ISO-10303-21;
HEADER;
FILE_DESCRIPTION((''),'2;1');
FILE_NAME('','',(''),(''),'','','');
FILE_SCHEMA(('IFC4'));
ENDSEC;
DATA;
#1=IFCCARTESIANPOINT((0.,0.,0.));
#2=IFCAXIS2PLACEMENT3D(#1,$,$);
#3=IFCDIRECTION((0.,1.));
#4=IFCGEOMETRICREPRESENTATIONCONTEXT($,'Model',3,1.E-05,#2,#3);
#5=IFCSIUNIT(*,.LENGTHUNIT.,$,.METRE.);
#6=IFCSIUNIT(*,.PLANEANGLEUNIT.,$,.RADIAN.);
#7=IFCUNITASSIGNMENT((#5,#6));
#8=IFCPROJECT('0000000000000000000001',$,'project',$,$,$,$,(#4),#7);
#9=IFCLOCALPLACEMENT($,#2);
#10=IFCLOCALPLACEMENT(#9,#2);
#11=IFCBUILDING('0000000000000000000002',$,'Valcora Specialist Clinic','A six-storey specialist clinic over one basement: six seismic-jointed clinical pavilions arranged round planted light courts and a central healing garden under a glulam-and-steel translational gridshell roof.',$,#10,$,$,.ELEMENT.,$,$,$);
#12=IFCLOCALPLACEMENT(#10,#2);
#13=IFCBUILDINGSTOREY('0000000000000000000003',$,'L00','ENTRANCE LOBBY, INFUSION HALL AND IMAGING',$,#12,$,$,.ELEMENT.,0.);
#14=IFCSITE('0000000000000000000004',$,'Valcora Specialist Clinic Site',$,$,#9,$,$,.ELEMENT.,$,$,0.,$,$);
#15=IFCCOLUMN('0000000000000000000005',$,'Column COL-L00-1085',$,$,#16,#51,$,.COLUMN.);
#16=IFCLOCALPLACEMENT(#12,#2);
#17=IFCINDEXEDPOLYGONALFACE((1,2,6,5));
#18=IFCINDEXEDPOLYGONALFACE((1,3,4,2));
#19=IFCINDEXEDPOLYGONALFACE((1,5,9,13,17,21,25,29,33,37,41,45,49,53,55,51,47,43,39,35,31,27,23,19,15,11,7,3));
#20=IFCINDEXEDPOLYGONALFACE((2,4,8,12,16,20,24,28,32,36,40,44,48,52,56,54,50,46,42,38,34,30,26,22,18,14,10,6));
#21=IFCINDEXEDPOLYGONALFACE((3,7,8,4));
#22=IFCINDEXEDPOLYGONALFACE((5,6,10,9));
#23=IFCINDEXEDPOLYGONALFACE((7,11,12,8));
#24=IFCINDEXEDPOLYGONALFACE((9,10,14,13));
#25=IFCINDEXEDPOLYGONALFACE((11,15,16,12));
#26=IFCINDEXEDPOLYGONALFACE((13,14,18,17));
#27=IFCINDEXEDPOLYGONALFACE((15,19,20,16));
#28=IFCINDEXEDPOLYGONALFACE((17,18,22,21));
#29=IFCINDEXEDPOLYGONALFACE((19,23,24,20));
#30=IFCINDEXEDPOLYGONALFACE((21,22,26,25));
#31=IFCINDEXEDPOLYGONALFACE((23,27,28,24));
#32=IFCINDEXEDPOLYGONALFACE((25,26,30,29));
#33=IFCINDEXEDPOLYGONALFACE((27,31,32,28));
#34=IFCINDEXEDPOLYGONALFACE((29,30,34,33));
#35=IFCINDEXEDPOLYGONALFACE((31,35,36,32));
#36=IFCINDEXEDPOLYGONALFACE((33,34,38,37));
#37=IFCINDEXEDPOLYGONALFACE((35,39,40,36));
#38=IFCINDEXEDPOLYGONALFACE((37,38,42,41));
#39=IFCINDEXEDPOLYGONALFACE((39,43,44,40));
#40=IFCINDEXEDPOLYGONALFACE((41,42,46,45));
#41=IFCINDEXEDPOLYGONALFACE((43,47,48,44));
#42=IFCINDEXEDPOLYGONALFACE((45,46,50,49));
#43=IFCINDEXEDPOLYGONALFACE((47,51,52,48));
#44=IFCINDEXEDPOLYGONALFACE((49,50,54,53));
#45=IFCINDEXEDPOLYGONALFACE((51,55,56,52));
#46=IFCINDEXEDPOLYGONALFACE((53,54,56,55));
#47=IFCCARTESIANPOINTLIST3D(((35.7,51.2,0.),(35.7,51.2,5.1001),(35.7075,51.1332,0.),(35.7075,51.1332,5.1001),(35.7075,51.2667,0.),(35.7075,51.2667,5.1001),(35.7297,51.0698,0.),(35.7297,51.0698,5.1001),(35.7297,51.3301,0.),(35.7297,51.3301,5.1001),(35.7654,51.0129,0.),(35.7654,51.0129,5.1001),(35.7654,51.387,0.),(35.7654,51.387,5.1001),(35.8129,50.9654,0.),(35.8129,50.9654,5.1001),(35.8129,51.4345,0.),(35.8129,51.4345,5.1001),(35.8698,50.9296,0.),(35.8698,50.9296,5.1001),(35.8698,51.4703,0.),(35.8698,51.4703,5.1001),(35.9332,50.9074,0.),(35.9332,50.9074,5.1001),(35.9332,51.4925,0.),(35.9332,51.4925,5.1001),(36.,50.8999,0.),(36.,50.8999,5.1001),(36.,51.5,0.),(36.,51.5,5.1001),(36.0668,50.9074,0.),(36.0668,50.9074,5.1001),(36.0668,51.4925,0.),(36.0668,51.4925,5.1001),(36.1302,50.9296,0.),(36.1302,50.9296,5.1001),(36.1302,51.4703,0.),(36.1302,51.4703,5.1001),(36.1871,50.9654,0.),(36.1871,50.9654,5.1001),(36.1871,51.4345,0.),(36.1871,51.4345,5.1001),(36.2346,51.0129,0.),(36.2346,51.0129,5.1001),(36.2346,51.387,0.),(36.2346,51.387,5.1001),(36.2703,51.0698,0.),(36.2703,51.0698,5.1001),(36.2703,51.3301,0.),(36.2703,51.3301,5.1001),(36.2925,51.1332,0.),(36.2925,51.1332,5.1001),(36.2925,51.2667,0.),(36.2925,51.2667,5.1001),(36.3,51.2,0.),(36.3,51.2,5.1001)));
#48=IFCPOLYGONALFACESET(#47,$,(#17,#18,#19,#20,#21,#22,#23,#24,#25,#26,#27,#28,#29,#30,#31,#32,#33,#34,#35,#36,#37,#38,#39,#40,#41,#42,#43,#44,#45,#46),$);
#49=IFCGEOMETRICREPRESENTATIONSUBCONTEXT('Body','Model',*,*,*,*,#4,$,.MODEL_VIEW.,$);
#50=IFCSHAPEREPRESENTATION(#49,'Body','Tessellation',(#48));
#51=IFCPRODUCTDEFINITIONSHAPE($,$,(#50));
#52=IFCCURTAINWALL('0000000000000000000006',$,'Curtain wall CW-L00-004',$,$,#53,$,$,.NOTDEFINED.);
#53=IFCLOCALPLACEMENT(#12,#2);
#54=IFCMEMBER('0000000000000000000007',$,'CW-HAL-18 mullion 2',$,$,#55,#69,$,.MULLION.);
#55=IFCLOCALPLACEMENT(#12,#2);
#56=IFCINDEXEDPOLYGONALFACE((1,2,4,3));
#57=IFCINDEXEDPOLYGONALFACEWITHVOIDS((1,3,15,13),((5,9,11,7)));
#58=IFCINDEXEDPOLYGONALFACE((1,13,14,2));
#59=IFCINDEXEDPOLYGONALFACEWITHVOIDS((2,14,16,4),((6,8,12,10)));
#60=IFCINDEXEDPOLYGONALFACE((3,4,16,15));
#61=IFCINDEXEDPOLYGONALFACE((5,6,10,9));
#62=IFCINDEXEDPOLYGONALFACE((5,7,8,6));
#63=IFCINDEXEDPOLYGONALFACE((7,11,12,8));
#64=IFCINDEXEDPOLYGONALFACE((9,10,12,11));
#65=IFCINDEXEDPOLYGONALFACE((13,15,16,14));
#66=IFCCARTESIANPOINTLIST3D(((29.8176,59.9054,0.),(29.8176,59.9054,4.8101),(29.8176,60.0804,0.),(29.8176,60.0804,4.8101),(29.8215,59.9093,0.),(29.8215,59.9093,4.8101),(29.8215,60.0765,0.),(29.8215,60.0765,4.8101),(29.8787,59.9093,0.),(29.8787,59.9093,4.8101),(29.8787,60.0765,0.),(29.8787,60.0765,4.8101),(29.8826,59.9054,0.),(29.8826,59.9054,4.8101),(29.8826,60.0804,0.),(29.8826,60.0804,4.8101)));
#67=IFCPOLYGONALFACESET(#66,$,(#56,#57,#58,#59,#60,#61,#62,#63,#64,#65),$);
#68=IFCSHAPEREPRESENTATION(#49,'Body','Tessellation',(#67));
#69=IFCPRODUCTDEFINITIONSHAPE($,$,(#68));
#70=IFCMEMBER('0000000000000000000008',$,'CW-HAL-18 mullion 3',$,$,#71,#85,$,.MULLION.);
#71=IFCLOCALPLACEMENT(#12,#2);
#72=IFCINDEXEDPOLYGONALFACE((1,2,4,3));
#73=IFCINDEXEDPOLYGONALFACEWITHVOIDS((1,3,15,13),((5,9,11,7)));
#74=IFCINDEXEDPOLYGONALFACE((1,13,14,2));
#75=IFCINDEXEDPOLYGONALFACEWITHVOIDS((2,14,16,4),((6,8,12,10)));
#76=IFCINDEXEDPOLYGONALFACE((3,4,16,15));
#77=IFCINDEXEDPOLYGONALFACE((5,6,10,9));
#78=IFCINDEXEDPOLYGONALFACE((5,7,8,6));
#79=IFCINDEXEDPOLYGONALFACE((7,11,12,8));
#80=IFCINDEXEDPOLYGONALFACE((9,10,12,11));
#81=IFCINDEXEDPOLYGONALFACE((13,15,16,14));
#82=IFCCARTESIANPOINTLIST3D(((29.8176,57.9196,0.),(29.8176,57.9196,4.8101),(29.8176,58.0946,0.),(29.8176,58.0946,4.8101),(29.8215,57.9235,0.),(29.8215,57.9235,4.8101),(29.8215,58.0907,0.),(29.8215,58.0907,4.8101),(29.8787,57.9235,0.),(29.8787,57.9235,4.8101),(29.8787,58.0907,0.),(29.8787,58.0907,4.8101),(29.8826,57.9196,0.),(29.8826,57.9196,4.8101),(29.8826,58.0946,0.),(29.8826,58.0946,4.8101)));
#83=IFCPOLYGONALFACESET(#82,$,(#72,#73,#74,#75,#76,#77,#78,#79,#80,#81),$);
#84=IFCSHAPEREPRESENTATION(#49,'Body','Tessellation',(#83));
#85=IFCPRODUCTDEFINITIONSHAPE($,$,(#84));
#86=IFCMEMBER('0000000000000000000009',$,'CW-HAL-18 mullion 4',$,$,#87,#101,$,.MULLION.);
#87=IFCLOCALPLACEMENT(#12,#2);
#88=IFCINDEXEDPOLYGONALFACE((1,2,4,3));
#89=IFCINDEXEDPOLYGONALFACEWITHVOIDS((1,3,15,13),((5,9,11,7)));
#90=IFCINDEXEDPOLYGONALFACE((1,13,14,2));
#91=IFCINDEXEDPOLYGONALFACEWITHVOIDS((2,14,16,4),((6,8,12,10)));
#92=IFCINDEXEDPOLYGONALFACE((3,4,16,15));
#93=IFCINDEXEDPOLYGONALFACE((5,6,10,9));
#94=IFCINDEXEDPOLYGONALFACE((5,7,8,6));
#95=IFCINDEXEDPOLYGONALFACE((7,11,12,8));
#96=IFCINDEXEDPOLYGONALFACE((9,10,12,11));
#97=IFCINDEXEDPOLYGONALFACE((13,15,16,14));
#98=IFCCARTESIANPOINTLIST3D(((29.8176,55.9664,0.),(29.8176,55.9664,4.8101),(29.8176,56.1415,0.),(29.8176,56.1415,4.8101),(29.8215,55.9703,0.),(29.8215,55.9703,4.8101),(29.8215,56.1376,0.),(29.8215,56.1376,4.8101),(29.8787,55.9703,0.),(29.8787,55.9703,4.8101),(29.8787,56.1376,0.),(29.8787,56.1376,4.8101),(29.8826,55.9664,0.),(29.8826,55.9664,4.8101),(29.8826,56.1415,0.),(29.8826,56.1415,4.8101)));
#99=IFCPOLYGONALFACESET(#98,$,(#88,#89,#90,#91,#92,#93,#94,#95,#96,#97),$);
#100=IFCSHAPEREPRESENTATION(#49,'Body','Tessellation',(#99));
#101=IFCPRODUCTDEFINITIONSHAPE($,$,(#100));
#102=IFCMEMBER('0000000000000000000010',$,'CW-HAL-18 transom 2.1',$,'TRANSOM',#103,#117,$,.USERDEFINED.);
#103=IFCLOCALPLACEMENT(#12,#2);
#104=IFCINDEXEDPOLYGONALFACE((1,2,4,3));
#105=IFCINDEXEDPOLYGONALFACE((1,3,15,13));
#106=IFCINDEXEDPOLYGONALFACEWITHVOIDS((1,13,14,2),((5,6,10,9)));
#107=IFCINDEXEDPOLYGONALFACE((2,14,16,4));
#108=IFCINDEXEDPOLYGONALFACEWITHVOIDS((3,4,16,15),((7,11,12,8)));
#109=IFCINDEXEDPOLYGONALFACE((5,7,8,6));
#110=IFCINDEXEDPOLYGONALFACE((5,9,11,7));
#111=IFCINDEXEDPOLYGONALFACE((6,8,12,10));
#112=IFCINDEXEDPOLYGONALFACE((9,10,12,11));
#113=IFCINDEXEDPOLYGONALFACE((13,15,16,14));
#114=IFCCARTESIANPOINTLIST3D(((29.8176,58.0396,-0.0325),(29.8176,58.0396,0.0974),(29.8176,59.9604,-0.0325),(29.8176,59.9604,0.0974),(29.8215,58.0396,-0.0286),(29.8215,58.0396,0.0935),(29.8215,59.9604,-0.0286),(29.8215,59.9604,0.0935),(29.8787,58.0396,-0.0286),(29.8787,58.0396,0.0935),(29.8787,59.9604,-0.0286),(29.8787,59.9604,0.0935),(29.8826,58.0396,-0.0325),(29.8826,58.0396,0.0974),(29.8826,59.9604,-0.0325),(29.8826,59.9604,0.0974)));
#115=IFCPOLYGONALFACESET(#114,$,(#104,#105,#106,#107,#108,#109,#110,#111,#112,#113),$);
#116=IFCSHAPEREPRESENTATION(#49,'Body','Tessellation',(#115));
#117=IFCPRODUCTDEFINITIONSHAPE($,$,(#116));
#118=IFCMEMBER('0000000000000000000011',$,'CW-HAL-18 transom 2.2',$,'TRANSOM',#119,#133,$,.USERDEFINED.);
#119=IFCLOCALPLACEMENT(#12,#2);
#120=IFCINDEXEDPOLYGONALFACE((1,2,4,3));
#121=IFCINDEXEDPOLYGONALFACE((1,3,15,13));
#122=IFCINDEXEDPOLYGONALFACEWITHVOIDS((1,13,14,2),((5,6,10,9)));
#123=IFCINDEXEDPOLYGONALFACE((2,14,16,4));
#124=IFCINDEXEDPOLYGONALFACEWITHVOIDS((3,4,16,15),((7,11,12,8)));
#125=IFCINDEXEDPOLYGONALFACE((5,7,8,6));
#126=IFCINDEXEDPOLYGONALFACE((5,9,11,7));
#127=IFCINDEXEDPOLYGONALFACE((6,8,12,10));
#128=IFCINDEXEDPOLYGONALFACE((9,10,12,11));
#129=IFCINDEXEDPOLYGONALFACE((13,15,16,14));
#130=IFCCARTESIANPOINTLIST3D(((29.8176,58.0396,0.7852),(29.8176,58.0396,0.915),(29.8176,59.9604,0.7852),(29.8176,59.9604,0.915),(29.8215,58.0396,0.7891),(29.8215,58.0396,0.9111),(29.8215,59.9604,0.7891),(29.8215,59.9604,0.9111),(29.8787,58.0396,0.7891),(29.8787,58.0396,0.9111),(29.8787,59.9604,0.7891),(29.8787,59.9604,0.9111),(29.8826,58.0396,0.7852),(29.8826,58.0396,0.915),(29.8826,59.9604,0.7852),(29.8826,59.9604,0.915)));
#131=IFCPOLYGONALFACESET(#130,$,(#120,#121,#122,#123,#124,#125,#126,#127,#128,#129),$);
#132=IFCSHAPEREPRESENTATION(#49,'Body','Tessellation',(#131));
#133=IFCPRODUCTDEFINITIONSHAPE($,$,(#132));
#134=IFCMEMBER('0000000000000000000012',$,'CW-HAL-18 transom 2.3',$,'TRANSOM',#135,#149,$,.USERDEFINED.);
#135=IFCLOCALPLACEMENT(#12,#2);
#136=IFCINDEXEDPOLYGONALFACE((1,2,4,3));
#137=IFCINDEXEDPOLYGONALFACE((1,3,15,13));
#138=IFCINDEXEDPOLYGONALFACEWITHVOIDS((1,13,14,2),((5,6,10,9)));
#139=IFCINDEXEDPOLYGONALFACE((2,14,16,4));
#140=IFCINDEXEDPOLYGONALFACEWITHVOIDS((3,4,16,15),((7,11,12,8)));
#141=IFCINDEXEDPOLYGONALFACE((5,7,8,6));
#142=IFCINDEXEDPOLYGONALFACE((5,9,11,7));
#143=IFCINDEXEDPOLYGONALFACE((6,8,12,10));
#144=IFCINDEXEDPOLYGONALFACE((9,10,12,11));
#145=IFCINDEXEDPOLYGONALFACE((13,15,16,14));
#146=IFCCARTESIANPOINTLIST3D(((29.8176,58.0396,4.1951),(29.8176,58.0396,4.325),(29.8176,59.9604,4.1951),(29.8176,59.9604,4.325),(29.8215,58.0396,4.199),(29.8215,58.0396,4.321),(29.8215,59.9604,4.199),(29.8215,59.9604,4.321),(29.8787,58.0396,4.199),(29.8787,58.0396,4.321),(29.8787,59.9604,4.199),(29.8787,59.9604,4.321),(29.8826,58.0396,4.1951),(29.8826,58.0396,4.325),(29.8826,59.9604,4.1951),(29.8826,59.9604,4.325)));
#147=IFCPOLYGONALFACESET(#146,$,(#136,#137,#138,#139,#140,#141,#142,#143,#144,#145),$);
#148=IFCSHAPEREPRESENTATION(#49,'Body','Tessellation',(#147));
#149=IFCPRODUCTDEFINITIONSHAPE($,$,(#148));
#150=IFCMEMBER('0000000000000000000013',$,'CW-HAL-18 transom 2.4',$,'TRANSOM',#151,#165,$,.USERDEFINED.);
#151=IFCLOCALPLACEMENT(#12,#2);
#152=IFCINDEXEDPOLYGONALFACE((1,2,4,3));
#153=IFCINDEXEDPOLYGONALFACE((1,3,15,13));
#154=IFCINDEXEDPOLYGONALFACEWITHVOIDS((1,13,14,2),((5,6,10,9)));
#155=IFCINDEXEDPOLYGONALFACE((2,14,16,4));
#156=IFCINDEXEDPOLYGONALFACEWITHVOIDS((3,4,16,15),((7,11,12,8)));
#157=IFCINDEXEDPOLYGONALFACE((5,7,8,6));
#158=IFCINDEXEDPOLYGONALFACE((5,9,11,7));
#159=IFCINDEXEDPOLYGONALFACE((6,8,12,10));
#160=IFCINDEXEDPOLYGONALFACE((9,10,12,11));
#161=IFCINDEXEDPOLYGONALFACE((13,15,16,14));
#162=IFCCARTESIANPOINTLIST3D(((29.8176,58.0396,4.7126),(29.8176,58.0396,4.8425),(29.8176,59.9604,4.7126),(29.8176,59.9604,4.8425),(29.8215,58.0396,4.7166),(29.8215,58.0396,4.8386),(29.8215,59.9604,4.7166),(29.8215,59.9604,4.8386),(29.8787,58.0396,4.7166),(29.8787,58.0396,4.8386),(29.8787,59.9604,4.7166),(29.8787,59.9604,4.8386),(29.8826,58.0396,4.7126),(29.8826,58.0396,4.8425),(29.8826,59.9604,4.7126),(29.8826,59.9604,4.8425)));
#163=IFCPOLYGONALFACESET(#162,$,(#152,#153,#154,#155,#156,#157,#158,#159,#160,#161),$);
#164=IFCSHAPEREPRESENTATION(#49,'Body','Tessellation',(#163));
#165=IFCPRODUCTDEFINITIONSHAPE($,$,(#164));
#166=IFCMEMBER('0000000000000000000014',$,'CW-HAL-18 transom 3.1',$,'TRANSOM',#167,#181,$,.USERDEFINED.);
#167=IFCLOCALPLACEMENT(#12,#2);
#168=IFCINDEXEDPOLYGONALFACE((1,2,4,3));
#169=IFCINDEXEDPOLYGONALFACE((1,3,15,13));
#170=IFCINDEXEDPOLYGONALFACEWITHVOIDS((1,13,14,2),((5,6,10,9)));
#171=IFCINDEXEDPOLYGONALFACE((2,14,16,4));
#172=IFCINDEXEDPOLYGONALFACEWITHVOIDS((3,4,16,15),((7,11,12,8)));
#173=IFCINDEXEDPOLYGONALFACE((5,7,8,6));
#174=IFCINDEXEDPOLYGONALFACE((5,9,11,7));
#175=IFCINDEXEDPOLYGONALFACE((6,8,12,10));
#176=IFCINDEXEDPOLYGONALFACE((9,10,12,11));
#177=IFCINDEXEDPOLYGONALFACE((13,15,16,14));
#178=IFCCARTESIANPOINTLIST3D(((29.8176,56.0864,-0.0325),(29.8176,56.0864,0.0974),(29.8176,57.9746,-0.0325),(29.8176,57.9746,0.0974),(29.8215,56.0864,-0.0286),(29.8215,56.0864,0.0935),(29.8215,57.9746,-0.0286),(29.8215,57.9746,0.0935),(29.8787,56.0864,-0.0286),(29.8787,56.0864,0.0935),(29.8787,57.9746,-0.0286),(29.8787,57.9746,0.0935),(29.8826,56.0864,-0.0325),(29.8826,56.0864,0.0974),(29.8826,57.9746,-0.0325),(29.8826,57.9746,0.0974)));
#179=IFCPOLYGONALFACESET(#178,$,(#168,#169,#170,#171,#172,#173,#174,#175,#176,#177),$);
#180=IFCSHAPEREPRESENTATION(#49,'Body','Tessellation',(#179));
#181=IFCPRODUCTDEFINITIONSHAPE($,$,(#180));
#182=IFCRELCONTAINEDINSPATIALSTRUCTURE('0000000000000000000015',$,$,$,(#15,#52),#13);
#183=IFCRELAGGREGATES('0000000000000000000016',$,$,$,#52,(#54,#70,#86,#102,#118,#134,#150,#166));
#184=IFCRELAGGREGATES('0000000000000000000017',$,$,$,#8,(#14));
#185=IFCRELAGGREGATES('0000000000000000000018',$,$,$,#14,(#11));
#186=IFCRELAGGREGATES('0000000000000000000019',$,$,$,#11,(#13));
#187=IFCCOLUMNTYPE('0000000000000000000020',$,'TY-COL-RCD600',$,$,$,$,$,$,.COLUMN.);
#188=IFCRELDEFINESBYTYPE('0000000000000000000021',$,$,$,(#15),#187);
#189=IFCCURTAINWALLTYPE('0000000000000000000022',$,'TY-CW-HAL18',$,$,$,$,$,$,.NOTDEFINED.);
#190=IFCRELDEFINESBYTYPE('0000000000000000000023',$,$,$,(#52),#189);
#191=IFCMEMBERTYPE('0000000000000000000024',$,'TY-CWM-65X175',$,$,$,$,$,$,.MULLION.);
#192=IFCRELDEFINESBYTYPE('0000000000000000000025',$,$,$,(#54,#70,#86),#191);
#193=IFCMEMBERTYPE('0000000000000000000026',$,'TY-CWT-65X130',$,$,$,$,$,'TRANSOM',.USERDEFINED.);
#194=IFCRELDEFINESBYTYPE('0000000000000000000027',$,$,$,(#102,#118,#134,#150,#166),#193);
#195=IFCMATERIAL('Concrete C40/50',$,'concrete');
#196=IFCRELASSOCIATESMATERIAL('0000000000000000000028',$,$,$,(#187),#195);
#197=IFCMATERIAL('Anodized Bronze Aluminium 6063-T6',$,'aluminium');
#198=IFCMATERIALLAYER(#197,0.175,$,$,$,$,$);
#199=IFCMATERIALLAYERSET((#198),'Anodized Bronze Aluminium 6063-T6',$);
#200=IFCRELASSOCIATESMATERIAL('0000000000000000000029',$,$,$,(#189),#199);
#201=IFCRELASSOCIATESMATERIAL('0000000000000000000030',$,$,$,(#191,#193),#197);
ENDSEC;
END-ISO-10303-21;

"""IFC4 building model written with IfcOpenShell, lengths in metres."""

from ifc_helpers import new_model, si_unit, direction, frame, origin, origin_2d, place, context, subcontext, project, spatial, hollow_rectangle, circle, extrude, material, layer, layer_set, material_profile, profile_set, type_object, element, aggregate, save


model = new_model("IFC4")

# Units and contexts
model_context = context("Model", 3, precision=1e-05, world=origin(), true_north=direction((0.0, 1.0)))
body_context = subcontext(model_context, "Body", "Model", "MODEL_VIEW")
ifc_project = project(units=[si_unit("LENGTHUNIT", "METRE"), si_unit("PLANEANGLEUNIT", "RADIAN")], contexts=[model_context])

# Site, building, storey
site_placement = place(None, origin())
site = spatial("IfcSite", under=ifc_project, at=site_placement, Name="Valcora Specialist Clinic Site", CompositionType="ELEMENT", RefElevation=0.0)
building_placement = place(site_placement, origin())
building = spatial("IfcBuilding", under=site, at=building_placement, Name="Valcora Specialist Clinic", Description="A six-storey specialist clinic over one basement: six seismic-jointed clinical pavilions arranged round planted light courts and a central healing garden under a glulam-and-steel translational gridshell roof.", CompositionType="ELEMENT")
storey_placement = place(building_placement, origin())
storey = spatial("IfcBuildingStorey", under=building, at=storey_placement, Name="L00", Description="ENTRANCE LOBBY, INFUSION HALL AND IMAGING", CompositionType="ELEMENT", Elevation=0.0)

# Column
ifc_material_1 = material(Name="Concrete C40/50", Category="concrete")
ifc_material_profile_1 = material_profile(ifc_material_1, circle(Radius=0.3, at=origin_2d()), Name="RC-COL-D600")
ifc_profile_set_1 = profile_set([ifc_material_profile_1], Name="Concrete C40/50")
column_type = type_object("IfcColumnType", Name="TY-COL-RCD600", PredefinedType="COLUMN", material=ifc_profile_set_1)
column_placement = place(storey_placement, frame((36.0, 51.2, 0.0), z_axis=(0.0, 0.0, 1.0), x_axis=(1.0, 0.0, 0.0)))
element("IfcColumn", 1, at=column_placement, inside=storey, type_object=column_type, Name="Column COL-L00-1085", PredefinedType="COLUMN", context=body_context, shape_type="SweptSolid", body=[
    extrude(circle(Radius=0.3, at=origin_2d()), origin(), (0.0, 0.0, 1.0), 5.1001),
])

# Curtain wall, members
ifc_material_2 = material(Name="Anodized Bronze Aluminium 6063-T6", Category="aluminium")
ifc_layer_1 = layer(ifc_material_2, 0.175)
ifc_layer_set_1 = layer_set([ifc_layer_1], Name="Anodized Bronze Aluminium 6063-T6")
curtain_wall_type = type_object("IfcCurtainWallType", Name="TY-CW-HAL18", PredefinedType="NOTDEFINED", material=ifc_layer_set_1)
curtain_wall_placement = place(storey_placement, origin())
curtain_wall = element("IfcCurtainWall", 2, at=curtain_wall_placement, inside=storey, type_object=curtain_wall_type, Name="Curtain wall CW-L00-004", PredefinedType="NOTDEFINED")
ifc_material_profile_2 = material_profile(ifc_material_2, hollow_rectangle(XDim=0.0649, YDim=0.175, WallThickness=0.0039, at=origin_2d()), Name="AL-MUL-65X175")
ifc_profile_set_2 = profile_set([ifc_material_profile_2], Name="Anodized Bronze Aluminium 6063-T6")
member_type_1 = type_object("IfcMemberType", Name="TY-CWM-65X175", PredefinedType="MULLION", material=ifc_profile_set_2)
member_1_placement = place(storey_placement, frame((29.8501, 59.9929, 0.0), z_axis=(0.0, 0.0, 1.0), x_axis=(1.0, 0.0, 0.0)))
member_1 = element("IfcMember", 3, at=member_1_placement, type_object=member_type_1, Name="CW-HAL-18 mullion 2", PredefinedType="MULLION", context=body_context, shape_type="SweptSolid", body=[
    extrude(hollow_rectangle(XDim=0.0649, YDim=0.175, WallThickness=0.0039, at=origin_2d()), origin(), (0.0, 0.0, 1.0), 4.8101),
])
member_2_placement = place(storey_placement, frame((29.8501, 58.0071, 0.0), z_axis=(0.0, 0.0, 1.0), x_axis=(1.0, 0.0, 0.0)))
member_2 = element("IfcMember", 4, at=member_2_placement, type_object=member_type_1, Name="CW-HAL-18 mullion 3", PredefinedType="MULLION", context=body_context, shape_type="SweptSolid", body=[
    extrude(hollow_rectangle(XDim=0.0649, YDim=0.175, WallThickness=0.0039, at=origin_2d()), origin(), (0.0, 0.0, 1.0), 4.8101),
])
member_3_placement = place(storey_placement, frame((29.8501, 56.054, 0.0), z_axis=(0.0, 0.0, 1.0), x_axis=(1.0, 0.0, 0.0)))
member_3 = element("IfcMember", 5, at=member_3_placement, type_object=member_type_1, Name="CW-HAL-18 mullion 4", PredefinedType="MULLION", context=body_context, shape_type="SweptSolid", body=[
    extrude(hollow_rectangle(XDim=0.0649, YDim=0.175, WallThickness=0.0039, at=origin_2d()), origin(), (0.0, 0.0, 1.0), 4.8101),
])
ifc_material_profile_3 = material_profile(ifc_material_2, hollow_rectangle(XDim=0.0649, YDim=0.1299, WallThickness=0.0039, at=origin_2d()), Name="AL-TRN-65X130")
ifc_profile_set_3 = profile_set([ifc_material_profile_3], Name="Anodized Bronze Aluminium 6063-T6")
member_type_2 = type_object("IfcMemberType", Name="TY-CWT-65X130", ElementType="TRANSOM", PredefinedType="USERDEFINED", material=ifc_profile_set_3)
member_4_placement = place(storey_placement, frame((29.8501, 59.9604, 0.0325), z_axis=(0.0, -1.0, 0.0), x_axis=(1.0, 0.0, 0.0)))
member_4 = element("IfcMember", 6, at=member_4_placement, type_object=member_type_2, Name="CW-HAL-18 transom 2.1", ObjectType="TRANSOM", PredefinedType="USERDEFINED", context=body_context, shape_type="SweptSolid", body=[
    extrude(hollow_rectangle(XDim=0.0649, YDim=0.1299, WallThickness=0.0039, at=origin_2d()), origin(), (0.0, 0.0, 1.0), 1.9209),
])
member_5_placement = place(storey_placement, frame((29.8501, 59.9604, 0.8501), z_axis=(0.0, -1.0, 0.0), x_axis=(1.0, 0.0, 0.0)))
member_5 = element("IfcMember", 7, at=member_5_placement, type_object=member_type_2, Name="CW-HAL-18 transom 2.2", ObjectType="TRANSOM", PredefinedType="USERDEFINED", context=body_context, shape_type="SweptSolid", body=[
    extrude(hollow_rectangle(XDim=0.0649, YDim=0.1299, WallThickness=0.0039, at=origin_2d()), origin(), (0.0, 0.0, 1.0), 1.9209),
])
member_6_placement = place(storey_placement, frame((29.8501, 59.9604, 4.26), z_axis=(0.0, -1.0, 0.0), x_axis=(1.0, 0.0, 0.0)))
member_6 = element("IfcMember", 8, at=member_6_placement, type_object=member_type_2, Name="CW-HAL-18 transom 2.3", ObjectType="TRANSOM", PredefinedType="USERDEFINED", context=body_context, shape_type="SweptSolid", body=[
    extrude(hollow_rectangle(XDim=0.0649, YDim=0.1299, WallThickness=0.0039, at=origin_2d()), origin(), (0.0, 0.0, 1.0), 1.9209),
])
member_7_placement = place(storey_placement, frame((29.8501, 59.9604, 4.7776), z_axis=(0.0, -1.0, 0.0), x_axis=(1.0, 0.0, 0.0)))
member_7 = element("IfcMember", 9, at=member_7_placement, type_object=member_type_2, Name="CW-HAL-18 transom 2.4", ObjectType="TRANSOM", PredefinedType="USERDEFINED", context=body_context, shape_type="SweptSolid", body=[
    extrude(hollow_rectangle(XDim=0.0649, YDim=0.1299, WallThickness=0.0039, at=origin_2d()), origin(), (0.0, 0.0, 1.0), 1.9209),
])
member_8_placement = place(storey_placement, frame((29.8501, 57.9746, 0.0325), z_axis=(0.0, -1.0, 0.0), x_axis=(1.0, 0.0, 0.0)))
member_8 = element("IfcMember", 10, at=member_8_placement, type_object=member_type_2, Name="CW-HAL-18 transom 3.1", ObjectType="TRANSOM", PredefinedType="USERDEFINED", context=body_context, shape_type="SweptSolid", body=[
    extrude(hollow_rectangle(XDim=0.0649, YDim=0.1299, WallThickness=0.0039, at=origin_2d()), origin(), (0.0, 0.0, 1.0), 1.8882),
])

aggregate(curtain_wall, [member_1, member_2, member_3, member_4, member_5, member_6, member_7, member_8])

save(model, "model.ifc")
